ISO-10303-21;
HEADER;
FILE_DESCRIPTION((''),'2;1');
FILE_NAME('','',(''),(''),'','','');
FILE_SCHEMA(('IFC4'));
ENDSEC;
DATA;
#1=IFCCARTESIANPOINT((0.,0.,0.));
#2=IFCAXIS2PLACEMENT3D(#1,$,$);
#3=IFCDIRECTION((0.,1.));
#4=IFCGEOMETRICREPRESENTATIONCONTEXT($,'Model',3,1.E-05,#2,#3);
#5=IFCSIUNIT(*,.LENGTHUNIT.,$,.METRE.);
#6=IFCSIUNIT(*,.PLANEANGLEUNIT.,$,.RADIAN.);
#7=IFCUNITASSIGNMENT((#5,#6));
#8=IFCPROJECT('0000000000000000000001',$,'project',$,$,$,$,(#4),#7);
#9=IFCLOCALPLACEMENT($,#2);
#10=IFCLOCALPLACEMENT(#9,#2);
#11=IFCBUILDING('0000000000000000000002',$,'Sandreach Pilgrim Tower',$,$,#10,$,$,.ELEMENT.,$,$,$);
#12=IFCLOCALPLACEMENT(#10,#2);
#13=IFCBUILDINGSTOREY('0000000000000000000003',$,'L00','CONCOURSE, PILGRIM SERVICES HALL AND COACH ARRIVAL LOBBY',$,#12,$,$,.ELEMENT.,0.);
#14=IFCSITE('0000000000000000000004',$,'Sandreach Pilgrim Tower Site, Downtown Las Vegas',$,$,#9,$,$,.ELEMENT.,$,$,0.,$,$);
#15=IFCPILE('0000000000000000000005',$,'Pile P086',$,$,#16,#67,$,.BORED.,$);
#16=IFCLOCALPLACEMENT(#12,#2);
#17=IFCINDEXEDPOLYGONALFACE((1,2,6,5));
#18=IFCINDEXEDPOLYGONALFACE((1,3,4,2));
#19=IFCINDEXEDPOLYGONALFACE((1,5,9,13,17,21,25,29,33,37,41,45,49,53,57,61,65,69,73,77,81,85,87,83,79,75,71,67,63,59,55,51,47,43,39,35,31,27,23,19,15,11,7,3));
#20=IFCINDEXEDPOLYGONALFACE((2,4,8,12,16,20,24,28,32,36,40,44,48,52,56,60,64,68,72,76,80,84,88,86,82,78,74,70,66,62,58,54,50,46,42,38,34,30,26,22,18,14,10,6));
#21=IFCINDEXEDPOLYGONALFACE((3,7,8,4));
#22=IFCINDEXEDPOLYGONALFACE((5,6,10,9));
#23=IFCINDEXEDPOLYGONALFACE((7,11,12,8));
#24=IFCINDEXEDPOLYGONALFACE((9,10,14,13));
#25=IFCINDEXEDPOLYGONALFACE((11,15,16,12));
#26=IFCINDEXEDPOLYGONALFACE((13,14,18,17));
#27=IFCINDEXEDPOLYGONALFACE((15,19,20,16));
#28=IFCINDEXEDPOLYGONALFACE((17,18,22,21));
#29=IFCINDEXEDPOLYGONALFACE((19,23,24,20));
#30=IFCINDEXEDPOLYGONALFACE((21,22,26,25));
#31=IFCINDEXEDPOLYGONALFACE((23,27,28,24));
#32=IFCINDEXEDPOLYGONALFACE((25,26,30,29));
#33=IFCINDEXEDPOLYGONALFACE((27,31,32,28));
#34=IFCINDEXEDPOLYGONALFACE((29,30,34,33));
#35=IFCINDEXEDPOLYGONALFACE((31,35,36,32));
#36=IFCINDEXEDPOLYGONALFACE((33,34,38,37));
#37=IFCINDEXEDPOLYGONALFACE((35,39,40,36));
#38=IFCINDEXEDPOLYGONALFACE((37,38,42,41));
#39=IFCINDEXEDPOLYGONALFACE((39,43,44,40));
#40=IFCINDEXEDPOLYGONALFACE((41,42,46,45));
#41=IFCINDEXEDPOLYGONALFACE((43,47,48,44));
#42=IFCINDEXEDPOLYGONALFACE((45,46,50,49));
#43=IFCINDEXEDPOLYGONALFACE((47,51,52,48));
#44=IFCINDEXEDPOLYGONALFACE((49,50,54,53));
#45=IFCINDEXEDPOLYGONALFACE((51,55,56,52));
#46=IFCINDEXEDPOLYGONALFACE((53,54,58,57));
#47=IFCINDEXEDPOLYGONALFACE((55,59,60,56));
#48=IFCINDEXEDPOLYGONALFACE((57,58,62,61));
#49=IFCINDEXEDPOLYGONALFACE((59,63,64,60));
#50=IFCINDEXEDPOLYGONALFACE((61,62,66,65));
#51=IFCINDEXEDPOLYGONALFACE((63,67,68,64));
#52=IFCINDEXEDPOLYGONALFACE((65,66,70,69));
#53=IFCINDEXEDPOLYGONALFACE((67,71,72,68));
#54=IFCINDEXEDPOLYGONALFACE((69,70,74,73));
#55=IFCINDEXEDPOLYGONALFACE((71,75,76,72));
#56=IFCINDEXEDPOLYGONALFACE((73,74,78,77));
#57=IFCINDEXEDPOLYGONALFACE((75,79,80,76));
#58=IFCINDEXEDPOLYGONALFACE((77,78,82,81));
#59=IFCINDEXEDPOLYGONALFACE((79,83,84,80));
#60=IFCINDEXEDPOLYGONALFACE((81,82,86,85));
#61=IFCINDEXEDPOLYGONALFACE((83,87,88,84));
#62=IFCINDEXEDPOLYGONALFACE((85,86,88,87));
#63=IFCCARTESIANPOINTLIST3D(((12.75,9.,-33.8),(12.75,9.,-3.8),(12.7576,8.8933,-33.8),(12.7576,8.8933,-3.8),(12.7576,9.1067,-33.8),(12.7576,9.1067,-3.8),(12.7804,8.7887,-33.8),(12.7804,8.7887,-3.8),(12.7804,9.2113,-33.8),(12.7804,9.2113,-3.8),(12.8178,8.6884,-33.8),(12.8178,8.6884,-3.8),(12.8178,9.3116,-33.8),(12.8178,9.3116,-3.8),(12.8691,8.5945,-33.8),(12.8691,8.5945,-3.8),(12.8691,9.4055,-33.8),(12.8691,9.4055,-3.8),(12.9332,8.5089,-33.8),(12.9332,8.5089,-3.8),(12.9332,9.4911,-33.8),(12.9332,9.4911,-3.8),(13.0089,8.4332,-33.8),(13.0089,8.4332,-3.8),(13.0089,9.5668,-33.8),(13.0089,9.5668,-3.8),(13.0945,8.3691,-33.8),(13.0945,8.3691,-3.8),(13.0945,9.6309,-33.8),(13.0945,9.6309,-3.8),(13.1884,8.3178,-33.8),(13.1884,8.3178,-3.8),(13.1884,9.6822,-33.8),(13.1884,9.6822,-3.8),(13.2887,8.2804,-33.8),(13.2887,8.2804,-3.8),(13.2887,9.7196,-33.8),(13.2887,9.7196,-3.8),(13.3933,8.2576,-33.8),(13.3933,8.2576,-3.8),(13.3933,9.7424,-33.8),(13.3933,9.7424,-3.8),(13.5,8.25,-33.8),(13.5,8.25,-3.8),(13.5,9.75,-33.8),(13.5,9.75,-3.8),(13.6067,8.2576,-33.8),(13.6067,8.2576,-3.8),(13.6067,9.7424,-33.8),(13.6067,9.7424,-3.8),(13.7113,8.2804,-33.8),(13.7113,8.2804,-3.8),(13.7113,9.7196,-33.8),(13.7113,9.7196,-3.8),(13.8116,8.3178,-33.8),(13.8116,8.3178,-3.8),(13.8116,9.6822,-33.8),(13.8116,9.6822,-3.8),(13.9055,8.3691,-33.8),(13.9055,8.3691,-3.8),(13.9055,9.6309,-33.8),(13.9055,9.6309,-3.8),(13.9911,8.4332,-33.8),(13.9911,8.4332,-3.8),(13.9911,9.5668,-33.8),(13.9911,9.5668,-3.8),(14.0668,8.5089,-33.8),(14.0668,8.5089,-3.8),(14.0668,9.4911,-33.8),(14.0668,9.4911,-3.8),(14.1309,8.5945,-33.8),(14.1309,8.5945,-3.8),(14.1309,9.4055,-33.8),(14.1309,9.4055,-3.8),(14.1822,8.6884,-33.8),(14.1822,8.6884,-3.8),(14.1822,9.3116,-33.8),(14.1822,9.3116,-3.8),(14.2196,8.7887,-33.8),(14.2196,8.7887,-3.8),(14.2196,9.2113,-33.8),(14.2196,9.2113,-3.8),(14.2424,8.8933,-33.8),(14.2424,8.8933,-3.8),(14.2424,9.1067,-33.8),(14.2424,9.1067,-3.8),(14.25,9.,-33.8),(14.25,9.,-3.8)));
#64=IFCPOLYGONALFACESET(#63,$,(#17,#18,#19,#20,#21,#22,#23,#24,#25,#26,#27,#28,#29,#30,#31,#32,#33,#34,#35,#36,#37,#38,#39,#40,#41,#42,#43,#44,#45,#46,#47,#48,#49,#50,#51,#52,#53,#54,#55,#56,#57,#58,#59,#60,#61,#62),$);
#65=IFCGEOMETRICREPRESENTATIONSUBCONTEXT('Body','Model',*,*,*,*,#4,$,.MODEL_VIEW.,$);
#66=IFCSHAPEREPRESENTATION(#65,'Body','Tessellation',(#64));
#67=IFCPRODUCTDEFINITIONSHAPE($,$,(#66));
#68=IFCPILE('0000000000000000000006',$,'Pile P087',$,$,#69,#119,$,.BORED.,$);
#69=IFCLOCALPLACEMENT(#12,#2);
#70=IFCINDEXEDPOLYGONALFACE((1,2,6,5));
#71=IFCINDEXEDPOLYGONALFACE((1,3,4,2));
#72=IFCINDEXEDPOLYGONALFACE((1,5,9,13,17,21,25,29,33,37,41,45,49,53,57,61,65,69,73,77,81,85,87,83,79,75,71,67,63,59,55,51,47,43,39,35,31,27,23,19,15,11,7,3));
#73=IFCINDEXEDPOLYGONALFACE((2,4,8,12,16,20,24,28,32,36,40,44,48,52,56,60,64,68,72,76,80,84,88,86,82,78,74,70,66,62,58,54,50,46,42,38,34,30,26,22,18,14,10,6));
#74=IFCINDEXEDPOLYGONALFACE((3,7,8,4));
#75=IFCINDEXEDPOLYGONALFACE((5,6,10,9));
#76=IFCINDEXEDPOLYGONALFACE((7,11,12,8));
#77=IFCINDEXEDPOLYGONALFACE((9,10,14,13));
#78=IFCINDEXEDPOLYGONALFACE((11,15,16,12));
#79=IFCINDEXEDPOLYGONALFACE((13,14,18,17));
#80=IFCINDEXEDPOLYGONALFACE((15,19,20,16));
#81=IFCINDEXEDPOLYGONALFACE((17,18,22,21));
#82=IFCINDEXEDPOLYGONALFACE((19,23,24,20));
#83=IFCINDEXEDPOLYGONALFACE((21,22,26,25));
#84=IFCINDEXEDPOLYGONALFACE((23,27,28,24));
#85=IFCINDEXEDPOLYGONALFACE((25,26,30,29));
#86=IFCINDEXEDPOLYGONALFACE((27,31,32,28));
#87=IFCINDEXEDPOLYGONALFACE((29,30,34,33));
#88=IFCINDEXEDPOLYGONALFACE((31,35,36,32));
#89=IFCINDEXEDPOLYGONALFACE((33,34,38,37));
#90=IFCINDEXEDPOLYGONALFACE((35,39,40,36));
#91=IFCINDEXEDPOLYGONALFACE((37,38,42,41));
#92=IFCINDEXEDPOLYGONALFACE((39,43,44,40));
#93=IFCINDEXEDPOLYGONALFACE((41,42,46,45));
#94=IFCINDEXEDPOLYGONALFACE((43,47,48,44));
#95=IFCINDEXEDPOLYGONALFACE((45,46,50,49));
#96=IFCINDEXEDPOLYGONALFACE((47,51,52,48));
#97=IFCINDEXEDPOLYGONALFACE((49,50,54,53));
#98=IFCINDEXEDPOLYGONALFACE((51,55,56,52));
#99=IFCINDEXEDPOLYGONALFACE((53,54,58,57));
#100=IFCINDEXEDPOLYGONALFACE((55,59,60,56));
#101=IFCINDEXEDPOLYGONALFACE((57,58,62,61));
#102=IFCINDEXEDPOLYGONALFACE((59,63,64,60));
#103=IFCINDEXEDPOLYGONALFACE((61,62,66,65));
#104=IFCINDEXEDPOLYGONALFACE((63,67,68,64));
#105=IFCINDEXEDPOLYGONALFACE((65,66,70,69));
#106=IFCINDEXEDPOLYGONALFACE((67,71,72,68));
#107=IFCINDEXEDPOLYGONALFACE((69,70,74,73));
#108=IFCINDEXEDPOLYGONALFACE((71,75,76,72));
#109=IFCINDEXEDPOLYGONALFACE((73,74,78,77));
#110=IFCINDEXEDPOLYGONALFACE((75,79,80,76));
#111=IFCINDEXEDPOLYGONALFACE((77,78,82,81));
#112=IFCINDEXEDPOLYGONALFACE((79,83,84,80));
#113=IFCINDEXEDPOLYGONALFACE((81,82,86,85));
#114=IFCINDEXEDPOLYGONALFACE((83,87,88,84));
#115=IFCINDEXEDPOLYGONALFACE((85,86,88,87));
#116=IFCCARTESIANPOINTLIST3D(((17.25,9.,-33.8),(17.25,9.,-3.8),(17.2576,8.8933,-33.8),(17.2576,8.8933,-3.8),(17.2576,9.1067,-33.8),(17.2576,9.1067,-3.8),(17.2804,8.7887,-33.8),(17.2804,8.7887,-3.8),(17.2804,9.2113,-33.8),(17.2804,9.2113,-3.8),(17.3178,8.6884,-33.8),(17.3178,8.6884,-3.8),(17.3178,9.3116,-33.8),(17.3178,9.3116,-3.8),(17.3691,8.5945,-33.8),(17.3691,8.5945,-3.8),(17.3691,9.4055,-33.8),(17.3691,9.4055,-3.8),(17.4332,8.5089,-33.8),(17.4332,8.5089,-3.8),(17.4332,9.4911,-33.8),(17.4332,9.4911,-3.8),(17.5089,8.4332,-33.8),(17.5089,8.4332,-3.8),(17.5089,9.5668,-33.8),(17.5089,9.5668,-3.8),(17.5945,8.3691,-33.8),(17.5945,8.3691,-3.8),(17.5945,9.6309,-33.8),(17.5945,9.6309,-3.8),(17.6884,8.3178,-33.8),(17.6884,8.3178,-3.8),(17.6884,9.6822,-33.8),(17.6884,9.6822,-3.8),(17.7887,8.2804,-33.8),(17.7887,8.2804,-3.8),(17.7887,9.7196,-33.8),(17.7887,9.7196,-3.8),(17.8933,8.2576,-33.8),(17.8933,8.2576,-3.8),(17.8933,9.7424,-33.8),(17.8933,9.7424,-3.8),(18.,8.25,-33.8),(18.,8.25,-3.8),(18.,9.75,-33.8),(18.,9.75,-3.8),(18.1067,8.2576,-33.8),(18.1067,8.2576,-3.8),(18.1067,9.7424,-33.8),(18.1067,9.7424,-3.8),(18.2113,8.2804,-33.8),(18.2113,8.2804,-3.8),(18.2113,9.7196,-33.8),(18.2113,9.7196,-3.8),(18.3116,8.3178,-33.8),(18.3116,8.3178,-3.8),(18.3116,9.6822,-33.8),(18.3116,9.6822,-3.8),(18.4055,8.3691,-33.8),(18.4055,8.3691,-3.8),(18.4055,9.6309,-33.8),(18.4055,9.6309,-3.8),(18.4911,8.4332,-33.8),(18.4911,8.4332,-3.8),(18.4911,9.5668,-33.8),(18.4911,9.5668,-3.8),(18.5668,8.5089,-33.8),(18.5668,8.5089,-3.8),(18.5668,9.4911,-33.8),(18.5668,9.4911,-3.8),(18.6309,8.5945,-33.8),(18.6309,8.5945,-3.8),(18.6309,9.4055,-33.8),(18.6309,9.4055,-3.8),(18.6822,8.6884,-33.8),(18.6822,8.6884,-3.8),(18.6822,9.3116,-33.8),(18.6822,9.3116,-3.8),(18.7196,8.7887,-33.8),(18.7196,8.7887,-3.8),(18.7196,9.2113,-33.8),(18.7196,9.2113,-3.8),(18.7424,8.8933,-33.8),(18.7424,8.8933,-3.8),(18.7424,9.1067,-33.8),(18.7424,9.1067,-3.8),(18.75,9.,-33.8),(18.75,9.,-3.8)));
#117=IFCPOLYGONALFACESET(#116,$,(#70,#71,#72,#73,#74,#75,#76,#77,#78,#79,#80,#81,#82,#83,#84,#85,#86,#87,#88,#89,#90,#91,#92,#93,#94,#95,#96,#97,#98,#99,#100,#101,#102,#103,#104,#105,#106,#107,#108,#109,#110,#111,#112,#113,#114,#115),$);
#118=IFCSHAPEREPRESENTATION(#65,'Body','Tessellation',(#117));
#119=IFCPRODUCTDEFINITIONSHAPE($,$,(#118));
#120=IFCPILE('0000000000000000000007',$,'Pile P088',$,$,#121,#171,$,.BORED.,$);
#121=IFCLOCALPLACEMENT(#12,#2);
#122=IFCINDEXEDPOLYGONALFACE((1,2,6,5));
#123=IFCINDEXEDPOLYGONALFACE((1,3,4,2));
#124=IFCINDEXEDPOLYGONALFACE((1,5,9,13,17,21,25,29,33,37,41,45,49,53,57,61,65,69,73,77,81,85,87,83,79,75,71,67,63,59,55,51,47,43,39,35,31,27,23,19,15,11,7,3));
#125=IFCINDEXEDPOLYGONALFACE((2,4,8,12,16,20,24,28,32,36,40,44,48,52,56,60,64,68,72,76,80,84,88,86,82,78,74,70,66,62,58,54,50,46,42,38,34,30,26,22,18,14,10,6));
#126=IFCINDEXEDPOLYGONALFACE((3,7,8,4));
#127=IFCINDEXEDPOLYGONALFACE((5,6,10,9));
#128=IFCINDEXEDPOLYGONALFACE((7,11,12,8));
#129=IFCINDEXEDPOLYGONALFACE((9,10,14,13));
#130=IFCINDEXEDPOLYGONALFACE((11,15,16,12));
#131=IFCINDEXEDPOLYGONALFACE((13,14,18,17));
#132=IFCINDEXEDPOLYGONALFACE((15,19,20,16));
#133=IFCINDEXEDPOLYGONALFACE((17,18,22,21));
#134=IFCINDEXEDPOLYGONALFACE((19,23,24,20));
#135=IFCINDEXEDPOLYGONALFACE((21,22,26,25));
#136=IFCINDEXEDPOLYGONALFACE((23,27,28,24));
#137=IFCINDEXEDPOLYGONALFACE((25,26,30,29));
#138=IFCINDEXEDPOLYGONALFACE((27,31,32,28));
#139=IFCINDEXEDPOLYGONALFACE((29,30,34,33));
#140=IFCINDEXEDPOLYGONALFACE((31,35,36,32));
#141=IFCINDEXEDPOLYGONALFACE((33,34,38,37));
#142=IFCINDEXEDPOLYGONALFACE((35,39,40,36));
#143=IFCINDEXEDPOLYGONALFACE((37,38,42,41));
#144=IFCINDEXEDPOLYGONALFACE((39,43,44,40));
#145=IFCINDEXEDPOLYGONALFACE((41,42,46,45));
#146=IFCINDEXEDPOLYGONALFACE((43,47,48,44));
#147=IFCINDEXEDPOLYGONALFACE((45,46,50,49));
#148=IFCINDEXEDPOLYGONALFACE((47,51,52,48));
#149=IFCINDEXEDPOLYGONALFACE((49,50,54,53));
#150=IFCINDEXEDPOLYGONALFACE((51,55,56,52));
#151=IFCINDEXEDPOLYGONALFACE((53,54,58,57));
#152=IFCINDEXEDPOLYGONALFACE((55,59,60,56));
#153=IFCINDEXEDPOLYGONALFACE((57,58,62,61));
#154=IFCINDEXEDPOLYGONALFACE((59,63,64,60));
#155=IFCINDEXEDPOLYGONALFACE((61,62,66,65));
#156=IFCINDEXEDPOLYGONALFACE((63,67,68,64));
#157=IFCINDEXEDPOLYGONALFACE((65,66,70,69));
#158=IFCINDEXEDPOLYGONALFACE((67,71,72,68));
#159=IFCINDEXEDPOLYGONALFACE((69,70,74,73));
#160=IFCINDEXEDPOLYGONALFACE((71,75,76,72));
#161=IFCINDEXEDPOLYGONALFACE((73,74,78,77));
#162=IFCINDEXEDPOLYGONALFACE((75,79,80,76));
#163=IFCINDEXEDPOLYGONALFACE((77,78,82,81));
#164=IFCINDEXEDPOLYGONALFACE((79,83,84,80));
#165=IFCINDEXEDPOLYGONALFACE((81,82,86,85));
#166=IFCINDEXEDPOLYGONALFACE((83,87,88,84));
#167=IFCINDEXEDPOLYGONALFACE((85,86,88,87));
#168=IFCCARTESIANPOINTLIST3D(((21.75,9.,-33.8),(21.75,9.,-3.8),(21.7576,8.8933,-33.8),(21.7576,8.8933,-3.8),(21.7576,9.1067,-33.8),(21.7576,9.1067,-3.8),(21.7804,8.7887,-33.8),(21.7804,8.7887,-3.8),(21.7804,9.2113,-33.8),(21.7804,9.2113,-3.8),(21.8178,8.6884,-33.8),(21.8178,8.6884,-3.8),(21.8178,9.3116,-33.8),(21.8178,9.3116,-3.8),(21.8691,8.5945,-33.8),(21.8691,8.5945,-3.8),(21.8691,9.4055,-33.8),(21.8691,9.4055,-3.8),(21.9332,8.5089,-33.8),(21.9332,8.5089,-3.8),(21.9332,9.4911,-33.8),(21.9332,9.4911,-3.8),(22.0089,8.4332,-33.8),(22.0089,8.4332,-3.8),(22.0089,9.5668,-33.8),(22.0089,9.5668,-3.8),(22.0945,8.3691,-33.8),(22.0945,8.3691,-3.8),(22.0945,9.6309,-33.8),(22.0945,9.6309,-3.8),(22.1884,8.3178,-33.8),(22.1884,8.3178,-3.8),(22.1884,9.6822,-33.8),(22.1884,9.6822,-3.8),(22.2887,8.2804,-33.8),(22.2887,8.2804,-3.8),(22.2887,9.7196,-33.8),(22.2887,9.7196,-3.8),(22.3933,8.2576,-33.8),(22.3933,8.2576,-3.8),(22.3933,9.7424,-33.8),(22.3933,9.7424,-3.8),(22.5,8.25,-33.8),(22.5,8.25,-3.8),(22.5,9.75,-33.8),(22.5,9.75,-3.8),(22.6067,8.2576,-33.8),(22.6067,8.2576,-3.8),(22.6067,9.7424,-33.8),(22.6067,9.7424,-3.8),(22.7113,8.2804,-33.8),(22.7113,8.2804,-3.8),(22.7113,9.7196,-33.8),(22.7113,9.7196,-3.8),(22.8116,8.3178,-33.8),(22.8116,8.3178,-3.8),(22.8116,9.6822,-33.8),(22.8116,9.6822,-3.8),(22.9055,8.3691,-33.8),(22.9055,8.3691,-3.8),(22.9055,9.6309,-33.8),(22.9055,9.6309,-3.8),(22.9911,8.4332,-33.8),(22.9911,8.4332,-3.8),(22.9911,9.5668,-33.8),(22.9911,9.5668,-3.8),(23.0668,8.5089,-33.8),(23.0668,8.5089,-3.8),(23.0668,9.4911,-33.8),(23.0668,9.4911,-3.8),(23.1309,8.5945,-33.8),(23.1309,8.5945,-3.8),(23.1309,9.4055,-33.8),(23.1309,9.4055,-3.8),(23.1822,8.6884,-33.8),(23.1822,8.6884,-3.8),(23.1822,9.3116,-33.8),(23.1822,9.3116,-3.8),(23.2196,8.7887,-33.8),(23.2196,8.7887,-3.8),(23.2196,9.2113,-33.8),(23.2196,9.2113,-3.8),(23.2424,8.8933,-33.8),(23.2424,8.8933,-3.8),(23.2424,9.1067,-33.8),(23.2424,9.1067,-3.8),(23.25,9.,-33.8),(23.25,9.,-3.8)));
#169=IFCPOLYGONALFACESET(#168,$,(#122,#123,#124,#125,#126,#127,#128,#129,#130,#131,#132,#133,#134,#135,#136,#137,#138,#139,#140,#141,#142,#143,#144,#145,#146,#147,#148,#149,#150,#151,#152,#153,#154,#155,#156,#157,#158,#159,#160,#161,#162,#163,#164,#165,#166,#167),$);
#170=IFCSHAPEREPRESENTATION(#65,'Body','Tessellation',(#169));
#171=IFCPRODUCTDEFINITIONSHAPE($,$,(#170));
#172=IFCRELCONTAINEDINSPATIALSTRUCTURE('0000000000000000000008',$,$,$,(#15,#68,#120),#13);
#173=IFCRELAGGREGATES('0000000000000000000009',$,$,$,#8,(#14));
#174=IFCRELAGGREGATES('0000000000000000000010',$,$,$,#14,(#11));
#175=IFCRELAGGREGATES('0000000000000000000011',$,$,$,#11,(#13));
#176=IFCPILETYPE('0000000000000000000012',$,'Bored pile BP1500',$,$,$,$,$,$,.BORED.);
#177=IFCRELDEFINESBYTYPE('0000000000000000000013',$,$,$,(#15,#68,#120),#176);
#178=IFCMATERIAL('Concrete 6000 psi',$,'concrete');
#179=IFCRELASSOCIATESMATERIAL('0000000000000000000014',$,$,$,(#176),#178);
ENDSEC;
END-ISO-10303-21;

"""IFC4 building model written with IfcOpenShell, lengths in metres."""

from ifc_helpers import new_model, si_unit, direction, frame, origin, origin_2d, place, context, subcontext, project, spatial, circle, extrude, material, material_profile, profile_set, type_object, element, save


model = new_model("IFC4")

# Units and contexts
model_context = context("Model", 3, precision=1e-05, world=origin(), true_north=direction((0.0, 1.0)))
body_context = subcontext(model_context, "Body", "Model", "MODEL_VIEW")
ifc_project = project(units=[si_unit("LENGTHUNIT", "METRE"), si_unit("PLANEANGLEUNIT", "RADIAN")], contexts=[model_context])

# Site, building, storey
site_placement = place(None, origin())
site = spatial("IfcSite", under=ifc_project, at=site_placement, Name="Sandreach Pilgrim Tower Site, Downtown Las Vegas", CompositionType="ELEMENT", RefElevation=0.0)
building_placement = place(site_placement, origin())
building = spatial("IfcBuilding", under=site, at=building_placement, Name="Sandreach Pilgrim Tower", CompositionType="ELEMENT")
storey_placement = place(building_placement, origin())
storey = spatial("IfcBuildingStorey", under=building, at=storey_placement, Name="L00", Description="CONCOURSE, PILGRIM SERVICES HALL AND COACH ARRIVAL LOBBY", CompositionType="ELEMENT", Elevation=0.0)

# Piles
ifc_material_1 = material(Name="Concrete 6000 psi", Category="concrete")
ifc_material_profile_1 = material_profile(ifc_material_1, circle(Radius=0.75, at=origin_2d()), Name="BP1500")
ifc_profile_set_1 = profile_set([ifc_material_profile_1], Name="Concrete 6000 psi")
pile_type = type_object("IfcPileType", Name="Bored pile BP1500", PredefinedType="BORED", material=ifc_profile_set_1)
for number, where, z_axis, x_axis, name in (
    (1, (13.5, 9.0, -3.8), (0.0, 0.0, -1.0), (1.0, 0.0, 0.0), "Pile P086"),
    (2, (18.0, 9.0, -3.8), (0.0, 0.0, -1.0), (1.0, 0.0, 0.0), "Pile P087"),
    (3, (22.5, 9.0, -3.8), (0.0, 0.0, -1.0), (1.0, 0.0, 0.0), "Pile P088"),
):
    element("IfcPile", number, at=place(storey_placement, frame(where, z_axis=z_axis, x_axis=x_axis)), inside=storey, type_object=pile_type, Name=name, PredefinedType="BORED", context=body_context, shape_type="SweptSolid", body=[
        extrude(circle(Radius=0.75, at=origin_2d()), origin(), (0.0, 0.0, 1.0), 30.0),
    ])

save(model, "model.ifc")
